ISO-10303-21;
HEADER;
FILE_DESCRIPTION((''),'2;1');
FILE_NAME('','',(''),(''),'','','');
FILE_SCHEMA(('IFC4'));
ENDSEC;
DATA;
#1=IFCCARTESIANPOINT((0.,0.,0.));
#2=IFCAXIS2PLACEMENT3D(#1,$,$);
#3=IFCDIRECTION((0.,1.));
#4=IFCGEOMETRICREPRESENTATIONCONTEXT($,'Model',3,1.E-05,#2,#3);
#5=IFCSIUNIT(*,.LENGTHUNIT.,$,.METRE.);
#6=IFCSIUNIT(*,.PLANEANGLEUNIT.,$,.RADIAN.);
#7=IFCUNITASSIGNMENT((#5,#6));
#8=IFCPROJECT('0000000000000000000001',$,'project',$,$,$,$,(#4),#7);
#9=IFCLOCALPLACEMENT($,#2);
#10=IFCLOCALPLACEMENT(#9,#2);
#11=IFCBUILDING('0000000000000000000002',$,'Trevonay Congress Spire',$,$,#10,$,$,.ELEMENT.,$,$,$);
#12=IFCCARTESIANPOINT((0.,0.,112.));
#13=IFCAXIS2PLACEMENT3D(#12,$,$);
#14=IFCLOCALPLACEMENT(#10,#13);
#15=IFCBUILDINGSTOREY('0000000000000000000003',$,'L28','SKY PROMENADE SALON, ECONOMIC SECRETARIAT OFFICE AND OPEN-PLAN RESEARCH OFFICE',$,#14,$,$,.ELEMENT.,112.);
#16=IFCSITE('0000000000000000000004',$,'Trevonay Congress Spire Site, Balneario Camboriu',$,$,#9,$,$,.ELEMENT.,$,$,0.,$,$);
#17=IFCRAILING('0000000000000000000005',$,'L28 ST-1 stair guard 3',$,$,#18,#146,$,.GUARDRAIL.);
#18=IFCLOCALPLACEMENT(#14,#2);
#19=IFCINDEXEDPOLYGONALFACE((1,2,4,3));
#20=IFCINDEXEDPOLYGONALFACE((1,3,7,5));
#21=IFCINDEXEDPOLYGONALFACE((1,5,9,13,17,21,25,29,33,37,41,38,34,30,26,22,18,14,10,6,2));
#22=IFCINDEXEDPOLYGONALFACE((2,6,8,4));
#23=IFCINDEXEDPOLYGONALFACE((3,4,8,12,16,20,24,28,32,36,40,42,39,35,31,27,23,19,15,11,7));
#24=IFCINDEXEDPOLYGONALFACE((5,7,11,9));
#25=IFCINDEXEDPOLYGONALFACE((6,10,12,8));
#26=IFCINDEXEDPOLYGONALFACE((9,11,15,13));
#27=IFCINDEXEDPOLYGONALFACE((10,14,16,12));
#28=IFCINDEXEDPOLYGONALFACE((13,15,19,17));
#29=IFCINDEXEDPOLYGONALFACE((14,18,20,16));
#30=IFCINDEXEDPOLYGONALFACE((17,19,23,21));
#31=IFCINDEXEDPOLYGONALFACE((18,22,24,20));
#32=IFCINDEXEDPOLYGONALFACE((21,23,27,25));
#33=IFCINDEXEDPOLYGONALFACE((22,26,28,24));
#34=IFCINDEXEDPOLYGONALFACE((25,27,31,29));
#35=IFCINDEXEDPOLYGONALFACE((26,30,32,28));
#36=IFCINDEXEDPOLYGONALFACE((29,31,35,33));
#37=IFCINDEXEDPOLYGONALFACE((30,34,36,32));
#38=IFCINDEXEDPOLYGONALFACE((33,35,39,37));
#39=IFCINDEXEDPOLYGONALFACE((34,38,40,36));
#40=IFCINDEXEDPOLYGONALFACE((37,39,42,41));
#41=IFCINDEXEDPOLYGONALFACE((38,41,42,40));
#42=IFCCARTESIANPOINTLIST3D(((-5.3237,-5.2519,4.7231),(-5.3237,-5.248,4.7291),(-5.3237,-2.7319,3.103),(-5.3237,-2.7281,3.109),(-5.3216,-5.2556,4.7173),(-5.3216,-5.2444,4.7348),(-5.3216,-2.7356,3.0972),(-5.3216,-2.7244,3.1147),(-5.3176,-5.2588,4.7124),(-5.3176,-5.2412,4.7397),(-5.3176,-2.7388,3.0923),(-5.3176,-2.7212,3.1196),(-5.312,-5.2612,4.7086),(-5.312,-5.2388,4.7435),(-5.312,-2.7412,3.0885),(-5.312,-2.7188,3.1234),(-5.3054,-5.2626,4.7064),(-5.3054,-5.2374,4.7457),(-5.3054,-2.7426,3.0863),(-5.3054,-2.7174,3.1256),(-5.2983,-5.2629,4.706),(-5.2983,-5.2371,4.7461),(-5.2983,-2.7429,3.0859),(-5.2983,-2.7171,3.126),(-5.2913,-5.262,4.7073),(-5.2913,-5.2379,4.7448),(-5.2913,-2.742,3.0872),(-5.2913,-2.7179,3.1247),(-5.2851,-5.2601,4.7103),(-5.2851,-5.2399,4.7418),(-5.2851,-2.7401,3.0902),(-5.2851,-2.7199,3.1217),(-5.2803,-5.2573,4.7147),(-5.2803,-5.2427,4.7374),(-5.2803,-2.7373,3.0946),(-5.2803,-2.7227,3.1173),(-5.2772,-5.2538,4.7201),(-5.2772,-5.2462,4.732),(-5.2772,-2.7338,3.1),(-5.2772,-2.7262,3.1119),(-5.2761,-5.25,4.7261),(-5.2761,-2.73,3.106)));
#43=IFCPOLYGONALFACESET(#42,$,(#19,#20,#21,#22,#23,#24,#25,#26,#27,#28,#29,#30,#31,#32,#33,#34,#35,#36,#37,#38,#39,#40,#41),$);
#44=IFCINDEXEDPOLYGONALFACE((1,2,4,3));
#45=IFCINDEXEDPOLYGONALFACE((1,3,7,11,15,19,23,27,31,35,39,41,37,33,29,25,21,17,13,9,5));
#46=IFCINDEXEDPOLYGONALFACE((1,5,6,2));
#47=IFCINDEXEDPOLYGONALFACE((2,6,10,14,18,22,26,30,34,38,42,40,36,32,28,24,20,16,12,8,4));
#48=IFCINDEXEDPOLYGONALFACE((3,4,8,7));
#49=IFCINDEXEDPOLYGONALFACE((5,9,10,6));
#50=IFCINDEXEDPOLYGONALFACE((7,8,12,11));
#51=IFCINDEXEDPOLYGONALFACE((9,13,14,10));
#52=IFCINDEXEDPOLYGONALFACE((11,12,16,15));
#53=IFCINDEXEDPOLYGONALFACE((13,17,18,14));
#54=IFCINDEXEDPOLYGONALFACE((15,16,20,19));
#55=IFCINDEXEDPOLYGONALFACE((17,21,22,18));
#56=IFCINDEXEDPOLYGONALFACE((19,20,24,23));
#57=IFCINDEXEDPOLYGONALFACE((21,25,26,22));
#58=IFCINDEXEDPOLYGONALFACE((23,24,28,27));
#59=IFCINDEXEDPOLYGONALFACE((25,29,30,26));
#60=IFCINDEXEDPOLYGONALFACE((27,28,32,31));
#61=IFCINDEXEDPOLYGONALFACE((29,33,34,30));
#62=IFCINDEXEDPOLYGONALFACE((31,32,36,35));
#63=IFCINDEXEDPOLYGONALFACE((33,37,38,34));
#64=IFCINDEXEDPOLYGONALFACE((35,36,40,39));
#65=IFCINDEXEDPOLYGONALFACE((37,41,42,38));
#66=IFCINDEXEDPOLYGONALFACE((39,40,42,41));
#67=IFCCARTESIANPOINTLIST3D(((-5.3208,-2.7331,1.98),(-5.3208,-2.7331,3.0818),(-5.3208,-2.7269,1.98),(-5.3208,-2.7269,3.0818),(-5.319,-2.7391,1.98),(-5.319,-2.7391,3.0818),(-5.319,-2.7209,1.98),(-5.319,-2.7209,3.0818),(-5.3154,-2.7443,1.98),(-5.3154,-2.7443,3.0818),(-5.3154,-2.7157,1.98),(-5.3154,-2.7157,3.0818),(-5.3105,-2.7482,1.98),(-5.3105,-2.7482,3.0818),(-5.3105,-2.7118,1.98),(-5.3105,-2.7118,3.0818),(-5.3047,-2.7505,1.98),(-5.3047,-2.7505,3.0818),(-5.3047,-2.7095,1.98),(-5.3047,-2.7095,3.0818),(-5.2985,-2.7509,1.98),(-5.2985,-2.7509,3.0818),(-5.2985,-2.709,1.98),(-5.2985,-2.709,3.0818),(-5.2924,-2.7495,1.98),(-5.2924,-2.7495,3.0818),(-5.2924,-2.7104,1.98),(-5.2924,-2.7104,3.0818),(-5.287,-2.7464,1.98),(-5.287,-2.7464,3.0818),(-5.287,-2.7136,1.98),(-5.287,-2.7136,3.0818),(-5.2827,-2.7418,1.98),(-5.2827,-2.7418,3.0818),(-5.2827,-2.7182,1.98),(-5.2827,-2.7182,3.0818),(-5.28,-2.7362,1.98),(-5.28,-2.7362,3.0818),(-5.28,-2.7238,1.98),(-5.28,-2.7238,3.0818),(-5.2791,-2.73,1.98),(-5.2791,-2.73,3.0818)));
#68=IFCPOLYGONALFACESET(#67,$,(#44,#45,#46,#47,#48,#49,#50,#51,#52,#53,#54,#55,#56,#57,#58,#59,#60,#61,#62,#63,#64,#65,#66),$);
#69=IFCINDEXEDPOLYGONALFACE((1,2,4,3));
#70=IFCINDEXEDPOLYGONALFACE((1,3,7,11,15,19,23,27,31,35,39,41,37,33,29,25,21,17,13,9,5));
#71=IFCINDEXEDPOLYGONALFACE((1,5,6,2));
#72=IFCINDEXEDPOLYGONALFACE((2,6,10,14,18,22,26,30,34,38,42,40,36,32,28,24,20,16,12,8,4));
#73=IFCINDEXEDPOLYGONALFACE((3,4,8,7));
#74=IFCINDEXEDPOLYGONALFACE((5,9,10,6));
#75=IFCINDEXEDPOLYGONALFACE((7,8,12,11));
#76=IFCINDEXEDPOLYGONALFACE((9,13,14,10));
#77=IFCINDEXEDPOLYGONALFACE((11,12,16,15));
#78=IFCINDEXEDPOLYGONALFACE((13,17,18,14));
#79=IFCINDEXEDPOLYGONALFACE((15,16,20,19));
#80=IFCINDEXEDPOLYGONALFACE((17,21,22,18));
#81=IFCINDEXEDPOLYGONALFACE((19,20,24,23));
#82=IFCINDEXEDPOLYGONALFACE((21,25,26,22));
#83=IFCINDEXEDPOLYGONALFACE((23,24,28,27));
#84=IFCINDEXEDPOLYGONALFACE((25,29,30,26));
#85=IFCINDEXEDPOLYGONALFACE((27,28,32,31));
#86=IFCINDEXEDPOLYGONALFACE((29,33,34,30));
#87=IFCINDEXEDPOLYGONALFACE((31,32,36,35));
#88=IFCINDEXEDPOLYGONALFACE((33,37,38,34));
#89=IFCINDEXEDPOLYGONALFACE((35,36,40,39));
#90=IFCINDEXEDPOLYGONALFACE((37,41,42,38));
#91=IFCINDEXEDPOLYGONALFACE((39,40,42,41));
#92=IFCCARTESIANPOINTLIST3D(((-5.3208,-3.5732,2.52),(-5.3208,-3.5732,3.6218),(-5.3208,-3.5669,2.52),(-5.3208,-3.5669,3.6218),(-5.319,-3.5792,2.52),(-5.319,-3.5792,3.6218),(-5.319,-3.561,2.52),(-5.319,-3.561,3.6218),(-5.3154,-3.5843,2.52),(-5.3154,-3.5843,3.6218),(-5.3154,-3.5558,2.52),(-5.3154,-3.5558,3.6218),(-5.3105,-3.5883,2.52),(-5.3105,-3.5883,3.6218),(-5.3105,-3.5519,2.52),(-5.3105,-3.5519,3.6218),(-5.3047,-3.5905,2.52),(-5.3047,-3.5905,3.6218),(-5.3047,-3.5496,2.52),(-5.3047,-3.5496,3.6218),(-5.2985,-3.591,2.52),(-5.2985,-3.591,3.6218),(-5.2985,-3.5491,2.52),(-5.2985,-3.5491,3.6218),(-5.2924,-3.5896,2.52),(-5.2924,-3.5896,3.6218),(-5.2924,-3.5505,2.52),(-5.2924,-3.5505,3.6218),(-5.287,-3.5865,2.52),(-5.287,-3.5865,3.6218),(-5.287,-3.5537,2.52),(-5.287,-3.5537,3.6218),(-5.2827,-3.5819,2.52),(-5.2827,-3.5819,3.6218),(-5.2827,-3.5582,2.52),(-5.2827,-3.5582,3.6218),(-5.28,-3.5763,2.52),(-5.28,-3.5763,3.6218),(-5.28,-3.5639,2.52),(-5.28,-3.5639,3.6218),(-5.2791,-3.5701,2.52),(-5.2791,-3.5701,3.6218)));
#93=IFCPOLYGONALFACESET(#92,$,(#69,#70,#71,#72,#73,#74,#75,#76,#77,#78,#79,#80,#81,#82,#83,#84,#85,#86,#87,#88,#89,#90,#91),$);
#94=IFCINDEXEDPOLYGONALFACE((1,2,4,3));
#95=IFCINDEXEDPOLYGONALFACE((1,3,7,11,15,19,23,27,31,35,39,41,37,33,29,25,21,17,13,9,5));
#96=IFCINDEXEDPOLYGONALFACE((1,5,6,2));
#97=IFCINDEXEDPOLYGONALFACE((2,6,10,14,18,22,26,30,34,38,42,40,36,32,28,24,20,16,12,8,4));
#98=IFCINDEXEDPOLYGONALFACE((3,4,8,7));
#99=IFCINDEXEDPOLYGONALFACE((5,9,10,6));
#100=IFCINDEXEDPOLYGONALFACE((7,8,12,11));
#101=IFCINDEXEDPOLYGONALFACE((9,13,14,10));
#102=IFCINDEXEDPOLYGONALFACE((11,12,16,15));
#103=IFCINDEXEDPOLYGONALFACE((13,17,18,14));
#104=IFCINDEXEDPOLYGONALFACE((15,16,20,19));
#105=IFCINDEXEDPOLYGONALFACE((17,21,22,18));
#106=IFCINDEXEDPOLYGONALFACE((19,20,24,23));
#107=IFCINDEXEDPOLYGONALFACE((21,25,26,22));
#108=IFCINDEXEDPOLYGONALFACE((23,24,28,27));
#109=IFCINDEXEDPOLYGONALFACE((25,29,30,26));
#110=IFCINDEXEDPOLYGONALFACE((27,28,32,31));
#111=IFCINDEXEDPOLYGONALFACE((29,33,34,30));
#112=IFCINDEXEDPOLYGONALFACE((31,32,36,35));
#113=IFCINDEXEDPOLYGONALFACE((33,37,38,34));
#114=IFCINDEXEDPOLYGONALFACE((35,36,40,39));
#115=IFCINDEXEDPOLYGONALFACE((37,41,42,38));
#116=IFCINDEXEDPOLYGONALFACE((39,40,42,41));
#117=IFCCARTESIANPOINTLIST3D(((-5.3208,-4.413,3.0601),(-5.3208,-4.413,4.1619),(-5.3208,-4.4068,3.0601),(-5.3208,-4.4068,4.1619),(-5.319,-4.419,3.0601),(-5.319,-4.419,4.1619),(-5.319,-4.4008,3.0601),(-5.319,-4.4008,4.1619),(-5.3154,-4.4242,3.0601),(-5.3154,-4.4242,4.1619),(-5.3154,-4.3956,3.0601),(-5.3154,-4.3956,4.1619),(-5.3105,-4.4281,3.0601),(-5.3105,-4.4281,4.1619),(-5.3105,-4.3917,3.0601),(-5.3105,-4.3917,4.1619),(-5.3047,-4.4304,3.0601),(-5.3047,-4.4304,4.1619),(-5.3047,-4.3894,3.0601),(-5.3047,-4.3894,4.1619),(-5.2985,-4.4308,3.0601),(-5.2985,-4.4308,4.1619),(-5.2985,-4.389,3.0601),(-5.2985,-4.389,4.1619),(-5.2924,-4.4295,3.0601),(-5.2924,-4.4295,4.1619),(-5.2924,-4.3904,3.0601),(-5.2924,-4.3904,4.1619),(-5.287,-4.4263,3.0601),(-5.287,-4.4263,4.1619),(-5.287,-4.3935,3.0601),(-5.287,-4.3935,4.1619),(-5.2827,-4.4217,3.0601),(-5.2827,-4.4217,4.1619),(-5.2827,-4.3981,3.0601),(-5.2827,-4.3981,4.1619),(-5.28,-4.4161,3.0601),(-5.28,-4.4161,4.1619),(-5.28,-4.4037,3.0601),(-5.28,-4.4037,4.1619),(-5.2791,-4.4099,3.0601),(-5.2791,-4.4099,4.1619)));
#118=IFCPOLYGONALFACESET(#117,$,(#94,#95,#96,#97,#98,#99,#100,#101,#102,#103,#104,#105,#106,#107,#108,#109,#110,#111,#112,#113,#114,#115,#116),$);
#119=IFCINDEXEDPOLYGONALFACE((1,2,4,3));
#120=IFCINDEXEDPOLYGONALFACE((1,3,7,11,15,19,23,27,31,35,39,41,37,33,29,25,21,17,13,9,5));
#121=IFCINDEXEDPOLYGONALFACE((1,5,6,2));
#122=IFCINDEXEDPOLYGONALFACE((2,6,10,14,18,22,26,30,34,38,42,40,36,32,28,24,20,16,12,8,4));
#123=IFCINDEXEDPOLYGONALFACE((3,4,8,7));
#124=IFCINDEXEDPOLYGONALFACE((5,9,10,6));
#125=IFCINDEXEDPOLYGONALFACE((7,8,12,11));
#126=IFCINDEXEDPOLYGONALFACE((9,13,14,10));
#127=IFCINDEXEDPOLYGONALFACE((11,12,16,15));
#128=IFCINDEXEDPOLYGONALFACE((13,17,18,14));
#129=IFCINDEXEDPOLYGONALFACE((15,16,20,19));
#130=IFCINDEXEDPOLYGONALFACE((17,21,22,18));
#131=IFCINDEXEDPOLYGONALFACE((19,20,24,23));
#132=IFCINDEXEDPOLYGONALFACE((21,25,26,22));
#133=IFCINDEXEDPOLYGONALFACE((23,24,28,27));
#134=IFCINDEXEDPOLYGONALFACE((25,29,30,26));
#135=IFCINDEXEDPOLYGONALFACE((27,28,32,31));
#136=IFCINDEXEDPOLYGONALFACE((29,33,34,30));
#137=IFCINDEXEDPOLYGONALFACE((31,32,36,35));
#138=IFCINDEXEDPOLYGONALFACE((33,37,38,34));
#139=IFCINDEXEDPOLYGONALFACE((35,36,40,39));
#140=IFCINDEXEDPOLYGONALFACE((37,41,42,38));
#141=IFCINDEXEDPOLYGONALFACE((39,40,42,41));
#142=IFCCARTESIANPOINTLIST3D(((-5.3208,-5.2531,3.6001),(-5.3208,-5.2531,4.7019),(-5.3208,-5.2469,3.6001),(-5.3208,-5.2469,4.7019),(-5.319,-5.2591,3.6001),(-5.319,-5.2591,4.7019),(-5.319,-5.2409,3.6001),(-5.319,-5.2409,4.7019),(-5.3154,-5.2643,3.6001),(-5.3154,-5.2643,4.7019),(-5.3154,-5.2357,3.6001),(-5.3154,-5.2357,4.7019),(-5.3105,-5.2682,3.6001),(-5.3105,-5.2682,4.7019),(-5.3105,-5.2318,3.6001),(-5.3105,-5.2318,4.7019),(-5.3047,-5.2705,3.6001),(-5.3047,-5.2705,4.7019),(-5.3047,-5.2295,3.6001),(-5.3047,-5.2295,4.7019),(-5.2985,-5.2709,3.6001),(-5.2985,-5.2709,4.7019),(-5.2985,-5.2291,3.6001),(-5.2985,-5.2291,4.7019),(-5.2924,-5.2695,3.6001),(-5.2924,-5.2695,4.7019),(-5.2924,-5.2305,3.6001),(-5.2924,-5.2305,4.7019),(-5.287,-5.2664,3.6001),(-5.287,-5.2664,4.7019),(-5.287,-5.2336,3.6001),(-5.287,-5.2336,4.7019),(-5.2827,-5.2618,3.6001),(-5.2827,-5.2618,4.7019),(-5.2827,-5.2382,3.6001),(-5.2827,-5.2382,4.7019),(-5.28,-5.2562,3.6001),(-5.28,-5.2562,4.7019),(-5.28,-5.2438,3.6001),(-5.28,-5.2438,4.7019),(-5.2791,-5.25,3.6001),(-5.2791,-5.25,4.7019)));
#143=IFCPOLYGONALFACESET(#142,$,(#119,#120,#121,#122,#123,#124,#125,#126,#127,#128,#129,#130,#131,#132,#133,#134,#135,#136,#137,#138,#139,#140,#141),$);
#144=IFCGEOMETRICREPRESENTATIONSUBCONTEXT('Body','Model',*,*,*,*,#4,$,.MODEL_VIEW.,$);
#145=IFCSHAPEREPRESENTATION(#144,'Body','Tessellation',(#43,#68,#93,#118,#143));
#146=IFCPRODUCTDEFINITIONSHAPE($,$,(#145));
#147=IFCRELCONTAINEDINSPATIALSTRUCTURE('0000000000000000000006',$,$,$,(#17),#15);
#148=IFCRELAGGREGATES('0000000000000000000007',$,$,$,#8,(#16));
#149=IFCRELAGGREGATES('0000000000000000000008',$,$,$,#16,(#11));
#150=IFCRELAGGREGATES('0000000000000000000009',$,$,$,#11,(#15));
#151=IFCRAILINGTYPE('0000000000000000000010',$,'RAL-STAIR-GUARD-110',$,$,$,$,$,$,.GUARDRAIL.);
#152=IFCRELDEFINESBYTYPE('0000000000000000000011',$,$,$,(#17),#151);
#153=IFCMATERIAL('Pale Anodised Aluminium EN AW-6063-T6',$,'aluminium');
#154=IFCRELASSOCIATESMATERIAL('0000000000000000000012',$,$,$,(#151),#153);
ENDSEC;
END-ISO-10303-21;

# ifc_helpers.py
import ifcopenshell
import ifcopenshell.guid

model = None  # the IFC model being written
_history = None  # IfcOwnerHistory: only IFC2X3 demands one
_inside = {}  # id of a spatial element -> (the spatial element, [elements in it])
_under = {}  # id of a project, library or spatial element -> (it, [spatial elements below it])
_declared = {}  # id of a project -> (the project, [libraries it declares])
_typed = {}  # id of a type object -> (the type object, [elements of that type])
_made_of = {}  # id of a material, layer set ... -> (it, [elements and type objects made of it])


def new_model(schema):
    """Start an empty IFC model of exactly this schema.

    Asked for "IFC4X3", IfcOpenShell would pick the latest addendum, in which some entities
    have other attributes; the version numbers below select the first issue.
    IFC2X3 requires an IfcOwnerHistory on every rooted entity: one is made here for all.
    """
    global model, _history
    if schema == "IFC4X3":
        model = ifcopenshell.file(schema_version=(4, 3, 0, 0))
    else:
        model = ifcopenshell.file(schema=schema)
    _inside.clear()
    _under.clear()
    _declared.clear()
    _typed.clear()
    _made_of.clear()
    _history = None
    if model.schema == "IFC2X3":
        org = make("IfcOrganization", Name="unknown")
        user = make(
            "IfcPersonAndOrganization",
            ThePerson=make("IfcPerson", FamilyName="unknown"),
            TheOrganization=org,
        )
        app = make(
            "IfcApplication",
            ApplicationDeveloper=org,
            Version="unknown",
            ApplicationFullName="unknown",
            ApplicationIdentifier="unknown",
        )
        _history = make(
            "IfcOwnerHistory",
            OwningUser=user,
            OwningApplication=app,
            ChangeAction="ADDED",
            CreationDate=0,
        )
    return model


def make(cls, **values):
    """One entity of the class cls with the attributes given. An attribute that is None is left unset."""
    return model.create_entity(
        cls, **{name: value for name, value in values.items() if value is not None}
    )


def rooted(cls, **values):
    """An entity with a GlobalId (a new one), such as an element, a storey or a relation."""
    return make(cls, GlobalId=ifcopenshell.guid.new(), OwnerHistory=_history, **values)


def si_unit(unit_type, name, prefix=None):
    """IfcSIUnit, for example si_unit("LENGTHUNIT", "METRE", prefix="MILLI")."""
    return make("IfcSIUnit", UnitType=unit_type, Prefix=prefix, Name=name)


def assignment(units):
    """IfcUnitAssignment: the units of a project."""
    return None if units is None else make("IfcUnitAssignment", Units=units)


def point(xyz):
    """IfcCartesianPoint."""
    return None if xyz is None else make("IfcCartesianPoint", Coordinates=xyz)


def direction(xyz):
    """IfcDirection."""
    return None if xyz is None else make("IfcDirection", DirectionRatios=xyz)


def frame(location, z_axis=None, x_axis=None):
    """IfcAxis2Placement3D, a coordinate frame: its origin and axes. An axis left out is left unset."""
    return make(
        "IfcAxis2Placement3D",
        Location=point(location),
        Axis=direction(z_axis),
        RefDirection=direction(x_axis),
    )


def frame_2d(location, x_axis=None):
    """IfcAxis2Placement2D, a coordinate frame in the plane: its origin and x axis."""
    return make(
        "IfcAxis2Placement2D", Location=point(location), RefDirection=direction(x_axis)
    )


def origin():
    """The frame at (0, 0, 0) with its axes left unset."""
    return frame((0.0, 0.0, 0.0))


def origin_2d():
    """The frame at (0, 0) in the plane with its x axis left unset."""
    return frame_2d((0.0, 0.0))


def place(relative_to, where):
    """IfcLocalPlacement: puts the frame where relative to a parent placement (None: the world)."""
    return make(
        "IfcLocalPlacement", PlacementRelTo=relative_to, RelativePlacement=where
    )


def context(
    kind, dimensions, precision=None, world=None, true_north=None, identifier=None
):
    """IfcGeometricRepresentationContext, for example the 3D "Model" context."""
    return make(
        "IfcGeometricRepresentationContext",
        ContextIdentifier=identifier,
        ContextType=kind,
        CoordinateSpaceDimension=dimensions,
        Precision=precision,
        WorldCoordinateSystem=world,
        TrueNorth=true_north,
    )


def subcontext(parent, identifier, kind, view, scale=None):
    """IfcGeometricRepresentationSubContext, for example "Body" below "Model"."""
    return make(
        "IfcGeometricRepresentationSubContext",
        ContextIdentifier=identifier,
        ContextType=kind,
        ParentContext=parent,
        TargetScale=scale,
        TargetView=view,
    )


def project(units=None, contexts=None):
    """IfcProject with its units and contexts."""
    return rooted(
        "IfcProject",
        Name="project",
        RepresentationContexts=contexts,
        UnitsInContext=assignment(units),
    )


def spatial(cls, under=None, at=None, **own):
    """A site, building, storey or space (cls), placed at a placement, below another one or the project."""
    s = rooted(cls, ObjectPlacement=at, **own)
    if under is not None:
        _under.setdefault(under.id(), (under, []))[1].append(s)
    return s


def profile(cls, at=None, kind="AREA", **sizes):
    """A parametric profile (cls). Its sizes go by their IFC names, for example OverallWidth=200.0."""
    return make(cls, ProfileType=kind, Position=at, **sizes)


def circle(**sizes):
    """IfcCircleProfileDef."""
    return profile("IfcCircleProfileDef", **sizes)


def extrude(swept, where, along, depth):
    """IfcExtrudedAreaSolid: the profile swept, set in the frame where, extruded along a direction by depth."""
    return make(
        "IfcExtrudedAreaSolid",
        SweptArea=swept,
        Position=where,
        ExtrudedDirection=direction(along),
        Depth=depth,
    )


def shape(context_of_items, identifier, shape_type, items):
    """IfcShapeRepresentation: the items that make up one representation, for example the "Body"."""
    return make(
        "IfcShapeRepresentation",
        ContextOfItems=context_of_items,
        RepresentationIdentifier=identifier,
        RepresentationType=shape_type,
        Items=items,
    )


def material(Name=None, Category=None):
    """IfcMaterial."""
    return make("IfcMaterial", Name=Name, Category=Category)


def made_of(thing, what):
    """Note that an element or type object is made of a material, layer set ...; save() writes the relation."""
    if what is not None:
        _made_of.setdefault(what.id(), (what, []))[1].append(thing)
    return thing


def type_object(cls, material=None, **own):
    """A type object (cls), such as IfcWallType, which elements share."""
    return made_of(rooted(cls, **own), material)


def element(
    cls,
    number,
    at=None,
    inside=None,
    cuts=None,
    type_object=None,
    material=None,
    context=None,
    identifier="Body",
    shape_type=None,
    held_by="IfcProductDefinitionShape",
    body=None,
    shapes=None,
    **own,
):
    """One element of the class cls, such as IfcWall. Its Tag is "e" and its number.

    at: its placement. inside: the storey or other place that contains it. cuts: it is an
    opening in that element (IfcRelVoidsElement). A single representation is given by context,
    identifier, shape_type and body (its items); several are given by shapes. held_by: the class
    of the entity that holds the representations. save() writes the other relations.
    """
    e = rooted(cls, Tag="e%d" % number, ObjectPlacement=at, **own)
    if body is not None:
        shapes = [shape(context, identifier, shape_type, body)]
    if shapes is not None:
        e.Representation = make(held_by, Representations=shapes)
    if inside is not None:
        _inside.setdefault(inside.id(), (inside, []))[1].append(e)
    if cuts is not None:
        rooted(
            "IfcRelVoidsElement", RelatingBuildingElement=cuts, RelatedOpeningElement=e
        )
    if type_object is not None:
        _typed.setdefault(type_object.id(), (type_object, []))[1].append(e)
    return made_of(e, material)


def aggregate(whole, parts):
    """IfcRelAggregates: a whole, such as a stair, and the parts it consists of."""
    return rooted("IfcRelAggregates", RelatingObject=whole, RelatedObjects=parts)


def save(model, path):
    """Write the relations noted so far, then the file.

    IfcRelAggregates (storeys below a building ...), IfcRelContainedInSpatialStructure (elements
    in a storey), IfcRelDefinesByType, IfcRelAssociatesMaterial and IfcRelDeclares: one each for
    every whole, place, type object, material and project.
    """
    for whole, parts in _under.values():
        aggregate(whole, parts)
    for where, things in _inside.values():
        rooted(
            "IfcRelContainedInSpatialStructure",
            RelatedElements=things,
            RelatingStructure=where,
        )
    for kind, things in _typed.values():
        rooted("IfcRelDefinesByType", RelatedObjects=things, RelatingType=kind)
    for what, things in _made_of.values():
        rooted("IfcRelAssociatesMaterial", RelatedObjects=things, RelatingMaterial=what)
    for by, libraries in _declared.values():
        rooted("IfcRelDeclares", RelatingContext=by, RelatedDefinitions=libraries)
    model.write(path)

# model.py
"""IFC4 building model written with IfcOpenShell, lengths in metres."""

from ifc_helpers import new_model, si_unit, direction, frame, origin, origin_2d, place, context, subcontext, project, spatial, circle, extrude, material, type_object, element, save


model = new_model("IFC4")

# Units and contexts
model_context = context("Model", 3, precision=1e-05, world=origin(), true_north=direction((0.0, 1.0)))
body_context = subcontext(model_context, "Body", "Model", "MODEL_VIEW")
ifc_project = project(units=[si_unit("LENGTHUNIT", "METRE"), si_unit("PLANEANGLEUNIT", "RADIAN")], contexts=[model_context])

# Site, building, storey
site_placement = place(None, origin())
site = spatial("IfcSite", under=ifc_project, at=site_placement, Name="Trevonay Congress Spire Site, Balneario Camboriu", CompositionType="ELEMENT", RefElevation=0.0)
building_placement = place(site_placement, origin())
building = spatial("IfcBuilding", under=site, at=building_placement, Name="Trevonay Congress Spire", CompositionType="ELEMENT")
storey_placement = place(building_placement, frame((0.0, 0.0, 112.0)))
storey = spatial("IfcBuildingStorey", under=building, at=storey_placement, Name="L28", Description="SKY PROMENADE SALON, ECONOMIC SECRETARIAT OFFICE AND OPEN-PLAN RESEARCH OFFICE", CompositionType="ELEMENT", Elevation=112.0)

# Shared definitions
ifc_material_1 = material(Name="Pale Anodised Aluminium EN AW-6063-T6", Category="aluminium")

# Railing
railing_type_1 = type_object("IfcRailingType", Name="RAL-STAIR-GUARD-110", PredefinedType="GUARDRAIL", material=ifc_material_1)
railing_1_placement = place(storey_placement, frame((-5.3, -2.73, 1.98)))
element("IfcRailing", 1, at=railing_1_placement, inside=storey, type_object=railing_type_1, Name="L28 ST-1 stair guard 3", PredefinedType="GUARDRAIL", context=body_context, shape_type="SweptSolid", body=[
    extrude(circle(Radius=0.0239, at=origin_2d()), frame((0.0, 0.0, 1.126), z_axis=(0.0, -0.841163, 0.540782), x_axis=(1.0, 0.0, 0.0)), (0.0, 0.0, 1.0), 2.9958),
    extrude(circle(Radius=0.021, at=origin_2d()), origin(), (0.0, 0.0, 1.0), 1.1018),
    extrude(circle(Radius=0.021, at=origin_2d()), frame((0.0, -0.8401, 0.54)), (0.0, 0.0, 1.0), 1.1018),
    extrude(circle(Radius=0.021, at=origin_2d()), frame((0.0, -1.6799, 1.0801)), (0.0, 0.0, 1.0), 1.1018),
    extrude(circle(Radius=0.021, at=origin_2d()), frame((0.0, -2.52, 1.6201)), (0.0, 0.0, 1.0), 1.1018),
])

save(model, "model.ifc")
